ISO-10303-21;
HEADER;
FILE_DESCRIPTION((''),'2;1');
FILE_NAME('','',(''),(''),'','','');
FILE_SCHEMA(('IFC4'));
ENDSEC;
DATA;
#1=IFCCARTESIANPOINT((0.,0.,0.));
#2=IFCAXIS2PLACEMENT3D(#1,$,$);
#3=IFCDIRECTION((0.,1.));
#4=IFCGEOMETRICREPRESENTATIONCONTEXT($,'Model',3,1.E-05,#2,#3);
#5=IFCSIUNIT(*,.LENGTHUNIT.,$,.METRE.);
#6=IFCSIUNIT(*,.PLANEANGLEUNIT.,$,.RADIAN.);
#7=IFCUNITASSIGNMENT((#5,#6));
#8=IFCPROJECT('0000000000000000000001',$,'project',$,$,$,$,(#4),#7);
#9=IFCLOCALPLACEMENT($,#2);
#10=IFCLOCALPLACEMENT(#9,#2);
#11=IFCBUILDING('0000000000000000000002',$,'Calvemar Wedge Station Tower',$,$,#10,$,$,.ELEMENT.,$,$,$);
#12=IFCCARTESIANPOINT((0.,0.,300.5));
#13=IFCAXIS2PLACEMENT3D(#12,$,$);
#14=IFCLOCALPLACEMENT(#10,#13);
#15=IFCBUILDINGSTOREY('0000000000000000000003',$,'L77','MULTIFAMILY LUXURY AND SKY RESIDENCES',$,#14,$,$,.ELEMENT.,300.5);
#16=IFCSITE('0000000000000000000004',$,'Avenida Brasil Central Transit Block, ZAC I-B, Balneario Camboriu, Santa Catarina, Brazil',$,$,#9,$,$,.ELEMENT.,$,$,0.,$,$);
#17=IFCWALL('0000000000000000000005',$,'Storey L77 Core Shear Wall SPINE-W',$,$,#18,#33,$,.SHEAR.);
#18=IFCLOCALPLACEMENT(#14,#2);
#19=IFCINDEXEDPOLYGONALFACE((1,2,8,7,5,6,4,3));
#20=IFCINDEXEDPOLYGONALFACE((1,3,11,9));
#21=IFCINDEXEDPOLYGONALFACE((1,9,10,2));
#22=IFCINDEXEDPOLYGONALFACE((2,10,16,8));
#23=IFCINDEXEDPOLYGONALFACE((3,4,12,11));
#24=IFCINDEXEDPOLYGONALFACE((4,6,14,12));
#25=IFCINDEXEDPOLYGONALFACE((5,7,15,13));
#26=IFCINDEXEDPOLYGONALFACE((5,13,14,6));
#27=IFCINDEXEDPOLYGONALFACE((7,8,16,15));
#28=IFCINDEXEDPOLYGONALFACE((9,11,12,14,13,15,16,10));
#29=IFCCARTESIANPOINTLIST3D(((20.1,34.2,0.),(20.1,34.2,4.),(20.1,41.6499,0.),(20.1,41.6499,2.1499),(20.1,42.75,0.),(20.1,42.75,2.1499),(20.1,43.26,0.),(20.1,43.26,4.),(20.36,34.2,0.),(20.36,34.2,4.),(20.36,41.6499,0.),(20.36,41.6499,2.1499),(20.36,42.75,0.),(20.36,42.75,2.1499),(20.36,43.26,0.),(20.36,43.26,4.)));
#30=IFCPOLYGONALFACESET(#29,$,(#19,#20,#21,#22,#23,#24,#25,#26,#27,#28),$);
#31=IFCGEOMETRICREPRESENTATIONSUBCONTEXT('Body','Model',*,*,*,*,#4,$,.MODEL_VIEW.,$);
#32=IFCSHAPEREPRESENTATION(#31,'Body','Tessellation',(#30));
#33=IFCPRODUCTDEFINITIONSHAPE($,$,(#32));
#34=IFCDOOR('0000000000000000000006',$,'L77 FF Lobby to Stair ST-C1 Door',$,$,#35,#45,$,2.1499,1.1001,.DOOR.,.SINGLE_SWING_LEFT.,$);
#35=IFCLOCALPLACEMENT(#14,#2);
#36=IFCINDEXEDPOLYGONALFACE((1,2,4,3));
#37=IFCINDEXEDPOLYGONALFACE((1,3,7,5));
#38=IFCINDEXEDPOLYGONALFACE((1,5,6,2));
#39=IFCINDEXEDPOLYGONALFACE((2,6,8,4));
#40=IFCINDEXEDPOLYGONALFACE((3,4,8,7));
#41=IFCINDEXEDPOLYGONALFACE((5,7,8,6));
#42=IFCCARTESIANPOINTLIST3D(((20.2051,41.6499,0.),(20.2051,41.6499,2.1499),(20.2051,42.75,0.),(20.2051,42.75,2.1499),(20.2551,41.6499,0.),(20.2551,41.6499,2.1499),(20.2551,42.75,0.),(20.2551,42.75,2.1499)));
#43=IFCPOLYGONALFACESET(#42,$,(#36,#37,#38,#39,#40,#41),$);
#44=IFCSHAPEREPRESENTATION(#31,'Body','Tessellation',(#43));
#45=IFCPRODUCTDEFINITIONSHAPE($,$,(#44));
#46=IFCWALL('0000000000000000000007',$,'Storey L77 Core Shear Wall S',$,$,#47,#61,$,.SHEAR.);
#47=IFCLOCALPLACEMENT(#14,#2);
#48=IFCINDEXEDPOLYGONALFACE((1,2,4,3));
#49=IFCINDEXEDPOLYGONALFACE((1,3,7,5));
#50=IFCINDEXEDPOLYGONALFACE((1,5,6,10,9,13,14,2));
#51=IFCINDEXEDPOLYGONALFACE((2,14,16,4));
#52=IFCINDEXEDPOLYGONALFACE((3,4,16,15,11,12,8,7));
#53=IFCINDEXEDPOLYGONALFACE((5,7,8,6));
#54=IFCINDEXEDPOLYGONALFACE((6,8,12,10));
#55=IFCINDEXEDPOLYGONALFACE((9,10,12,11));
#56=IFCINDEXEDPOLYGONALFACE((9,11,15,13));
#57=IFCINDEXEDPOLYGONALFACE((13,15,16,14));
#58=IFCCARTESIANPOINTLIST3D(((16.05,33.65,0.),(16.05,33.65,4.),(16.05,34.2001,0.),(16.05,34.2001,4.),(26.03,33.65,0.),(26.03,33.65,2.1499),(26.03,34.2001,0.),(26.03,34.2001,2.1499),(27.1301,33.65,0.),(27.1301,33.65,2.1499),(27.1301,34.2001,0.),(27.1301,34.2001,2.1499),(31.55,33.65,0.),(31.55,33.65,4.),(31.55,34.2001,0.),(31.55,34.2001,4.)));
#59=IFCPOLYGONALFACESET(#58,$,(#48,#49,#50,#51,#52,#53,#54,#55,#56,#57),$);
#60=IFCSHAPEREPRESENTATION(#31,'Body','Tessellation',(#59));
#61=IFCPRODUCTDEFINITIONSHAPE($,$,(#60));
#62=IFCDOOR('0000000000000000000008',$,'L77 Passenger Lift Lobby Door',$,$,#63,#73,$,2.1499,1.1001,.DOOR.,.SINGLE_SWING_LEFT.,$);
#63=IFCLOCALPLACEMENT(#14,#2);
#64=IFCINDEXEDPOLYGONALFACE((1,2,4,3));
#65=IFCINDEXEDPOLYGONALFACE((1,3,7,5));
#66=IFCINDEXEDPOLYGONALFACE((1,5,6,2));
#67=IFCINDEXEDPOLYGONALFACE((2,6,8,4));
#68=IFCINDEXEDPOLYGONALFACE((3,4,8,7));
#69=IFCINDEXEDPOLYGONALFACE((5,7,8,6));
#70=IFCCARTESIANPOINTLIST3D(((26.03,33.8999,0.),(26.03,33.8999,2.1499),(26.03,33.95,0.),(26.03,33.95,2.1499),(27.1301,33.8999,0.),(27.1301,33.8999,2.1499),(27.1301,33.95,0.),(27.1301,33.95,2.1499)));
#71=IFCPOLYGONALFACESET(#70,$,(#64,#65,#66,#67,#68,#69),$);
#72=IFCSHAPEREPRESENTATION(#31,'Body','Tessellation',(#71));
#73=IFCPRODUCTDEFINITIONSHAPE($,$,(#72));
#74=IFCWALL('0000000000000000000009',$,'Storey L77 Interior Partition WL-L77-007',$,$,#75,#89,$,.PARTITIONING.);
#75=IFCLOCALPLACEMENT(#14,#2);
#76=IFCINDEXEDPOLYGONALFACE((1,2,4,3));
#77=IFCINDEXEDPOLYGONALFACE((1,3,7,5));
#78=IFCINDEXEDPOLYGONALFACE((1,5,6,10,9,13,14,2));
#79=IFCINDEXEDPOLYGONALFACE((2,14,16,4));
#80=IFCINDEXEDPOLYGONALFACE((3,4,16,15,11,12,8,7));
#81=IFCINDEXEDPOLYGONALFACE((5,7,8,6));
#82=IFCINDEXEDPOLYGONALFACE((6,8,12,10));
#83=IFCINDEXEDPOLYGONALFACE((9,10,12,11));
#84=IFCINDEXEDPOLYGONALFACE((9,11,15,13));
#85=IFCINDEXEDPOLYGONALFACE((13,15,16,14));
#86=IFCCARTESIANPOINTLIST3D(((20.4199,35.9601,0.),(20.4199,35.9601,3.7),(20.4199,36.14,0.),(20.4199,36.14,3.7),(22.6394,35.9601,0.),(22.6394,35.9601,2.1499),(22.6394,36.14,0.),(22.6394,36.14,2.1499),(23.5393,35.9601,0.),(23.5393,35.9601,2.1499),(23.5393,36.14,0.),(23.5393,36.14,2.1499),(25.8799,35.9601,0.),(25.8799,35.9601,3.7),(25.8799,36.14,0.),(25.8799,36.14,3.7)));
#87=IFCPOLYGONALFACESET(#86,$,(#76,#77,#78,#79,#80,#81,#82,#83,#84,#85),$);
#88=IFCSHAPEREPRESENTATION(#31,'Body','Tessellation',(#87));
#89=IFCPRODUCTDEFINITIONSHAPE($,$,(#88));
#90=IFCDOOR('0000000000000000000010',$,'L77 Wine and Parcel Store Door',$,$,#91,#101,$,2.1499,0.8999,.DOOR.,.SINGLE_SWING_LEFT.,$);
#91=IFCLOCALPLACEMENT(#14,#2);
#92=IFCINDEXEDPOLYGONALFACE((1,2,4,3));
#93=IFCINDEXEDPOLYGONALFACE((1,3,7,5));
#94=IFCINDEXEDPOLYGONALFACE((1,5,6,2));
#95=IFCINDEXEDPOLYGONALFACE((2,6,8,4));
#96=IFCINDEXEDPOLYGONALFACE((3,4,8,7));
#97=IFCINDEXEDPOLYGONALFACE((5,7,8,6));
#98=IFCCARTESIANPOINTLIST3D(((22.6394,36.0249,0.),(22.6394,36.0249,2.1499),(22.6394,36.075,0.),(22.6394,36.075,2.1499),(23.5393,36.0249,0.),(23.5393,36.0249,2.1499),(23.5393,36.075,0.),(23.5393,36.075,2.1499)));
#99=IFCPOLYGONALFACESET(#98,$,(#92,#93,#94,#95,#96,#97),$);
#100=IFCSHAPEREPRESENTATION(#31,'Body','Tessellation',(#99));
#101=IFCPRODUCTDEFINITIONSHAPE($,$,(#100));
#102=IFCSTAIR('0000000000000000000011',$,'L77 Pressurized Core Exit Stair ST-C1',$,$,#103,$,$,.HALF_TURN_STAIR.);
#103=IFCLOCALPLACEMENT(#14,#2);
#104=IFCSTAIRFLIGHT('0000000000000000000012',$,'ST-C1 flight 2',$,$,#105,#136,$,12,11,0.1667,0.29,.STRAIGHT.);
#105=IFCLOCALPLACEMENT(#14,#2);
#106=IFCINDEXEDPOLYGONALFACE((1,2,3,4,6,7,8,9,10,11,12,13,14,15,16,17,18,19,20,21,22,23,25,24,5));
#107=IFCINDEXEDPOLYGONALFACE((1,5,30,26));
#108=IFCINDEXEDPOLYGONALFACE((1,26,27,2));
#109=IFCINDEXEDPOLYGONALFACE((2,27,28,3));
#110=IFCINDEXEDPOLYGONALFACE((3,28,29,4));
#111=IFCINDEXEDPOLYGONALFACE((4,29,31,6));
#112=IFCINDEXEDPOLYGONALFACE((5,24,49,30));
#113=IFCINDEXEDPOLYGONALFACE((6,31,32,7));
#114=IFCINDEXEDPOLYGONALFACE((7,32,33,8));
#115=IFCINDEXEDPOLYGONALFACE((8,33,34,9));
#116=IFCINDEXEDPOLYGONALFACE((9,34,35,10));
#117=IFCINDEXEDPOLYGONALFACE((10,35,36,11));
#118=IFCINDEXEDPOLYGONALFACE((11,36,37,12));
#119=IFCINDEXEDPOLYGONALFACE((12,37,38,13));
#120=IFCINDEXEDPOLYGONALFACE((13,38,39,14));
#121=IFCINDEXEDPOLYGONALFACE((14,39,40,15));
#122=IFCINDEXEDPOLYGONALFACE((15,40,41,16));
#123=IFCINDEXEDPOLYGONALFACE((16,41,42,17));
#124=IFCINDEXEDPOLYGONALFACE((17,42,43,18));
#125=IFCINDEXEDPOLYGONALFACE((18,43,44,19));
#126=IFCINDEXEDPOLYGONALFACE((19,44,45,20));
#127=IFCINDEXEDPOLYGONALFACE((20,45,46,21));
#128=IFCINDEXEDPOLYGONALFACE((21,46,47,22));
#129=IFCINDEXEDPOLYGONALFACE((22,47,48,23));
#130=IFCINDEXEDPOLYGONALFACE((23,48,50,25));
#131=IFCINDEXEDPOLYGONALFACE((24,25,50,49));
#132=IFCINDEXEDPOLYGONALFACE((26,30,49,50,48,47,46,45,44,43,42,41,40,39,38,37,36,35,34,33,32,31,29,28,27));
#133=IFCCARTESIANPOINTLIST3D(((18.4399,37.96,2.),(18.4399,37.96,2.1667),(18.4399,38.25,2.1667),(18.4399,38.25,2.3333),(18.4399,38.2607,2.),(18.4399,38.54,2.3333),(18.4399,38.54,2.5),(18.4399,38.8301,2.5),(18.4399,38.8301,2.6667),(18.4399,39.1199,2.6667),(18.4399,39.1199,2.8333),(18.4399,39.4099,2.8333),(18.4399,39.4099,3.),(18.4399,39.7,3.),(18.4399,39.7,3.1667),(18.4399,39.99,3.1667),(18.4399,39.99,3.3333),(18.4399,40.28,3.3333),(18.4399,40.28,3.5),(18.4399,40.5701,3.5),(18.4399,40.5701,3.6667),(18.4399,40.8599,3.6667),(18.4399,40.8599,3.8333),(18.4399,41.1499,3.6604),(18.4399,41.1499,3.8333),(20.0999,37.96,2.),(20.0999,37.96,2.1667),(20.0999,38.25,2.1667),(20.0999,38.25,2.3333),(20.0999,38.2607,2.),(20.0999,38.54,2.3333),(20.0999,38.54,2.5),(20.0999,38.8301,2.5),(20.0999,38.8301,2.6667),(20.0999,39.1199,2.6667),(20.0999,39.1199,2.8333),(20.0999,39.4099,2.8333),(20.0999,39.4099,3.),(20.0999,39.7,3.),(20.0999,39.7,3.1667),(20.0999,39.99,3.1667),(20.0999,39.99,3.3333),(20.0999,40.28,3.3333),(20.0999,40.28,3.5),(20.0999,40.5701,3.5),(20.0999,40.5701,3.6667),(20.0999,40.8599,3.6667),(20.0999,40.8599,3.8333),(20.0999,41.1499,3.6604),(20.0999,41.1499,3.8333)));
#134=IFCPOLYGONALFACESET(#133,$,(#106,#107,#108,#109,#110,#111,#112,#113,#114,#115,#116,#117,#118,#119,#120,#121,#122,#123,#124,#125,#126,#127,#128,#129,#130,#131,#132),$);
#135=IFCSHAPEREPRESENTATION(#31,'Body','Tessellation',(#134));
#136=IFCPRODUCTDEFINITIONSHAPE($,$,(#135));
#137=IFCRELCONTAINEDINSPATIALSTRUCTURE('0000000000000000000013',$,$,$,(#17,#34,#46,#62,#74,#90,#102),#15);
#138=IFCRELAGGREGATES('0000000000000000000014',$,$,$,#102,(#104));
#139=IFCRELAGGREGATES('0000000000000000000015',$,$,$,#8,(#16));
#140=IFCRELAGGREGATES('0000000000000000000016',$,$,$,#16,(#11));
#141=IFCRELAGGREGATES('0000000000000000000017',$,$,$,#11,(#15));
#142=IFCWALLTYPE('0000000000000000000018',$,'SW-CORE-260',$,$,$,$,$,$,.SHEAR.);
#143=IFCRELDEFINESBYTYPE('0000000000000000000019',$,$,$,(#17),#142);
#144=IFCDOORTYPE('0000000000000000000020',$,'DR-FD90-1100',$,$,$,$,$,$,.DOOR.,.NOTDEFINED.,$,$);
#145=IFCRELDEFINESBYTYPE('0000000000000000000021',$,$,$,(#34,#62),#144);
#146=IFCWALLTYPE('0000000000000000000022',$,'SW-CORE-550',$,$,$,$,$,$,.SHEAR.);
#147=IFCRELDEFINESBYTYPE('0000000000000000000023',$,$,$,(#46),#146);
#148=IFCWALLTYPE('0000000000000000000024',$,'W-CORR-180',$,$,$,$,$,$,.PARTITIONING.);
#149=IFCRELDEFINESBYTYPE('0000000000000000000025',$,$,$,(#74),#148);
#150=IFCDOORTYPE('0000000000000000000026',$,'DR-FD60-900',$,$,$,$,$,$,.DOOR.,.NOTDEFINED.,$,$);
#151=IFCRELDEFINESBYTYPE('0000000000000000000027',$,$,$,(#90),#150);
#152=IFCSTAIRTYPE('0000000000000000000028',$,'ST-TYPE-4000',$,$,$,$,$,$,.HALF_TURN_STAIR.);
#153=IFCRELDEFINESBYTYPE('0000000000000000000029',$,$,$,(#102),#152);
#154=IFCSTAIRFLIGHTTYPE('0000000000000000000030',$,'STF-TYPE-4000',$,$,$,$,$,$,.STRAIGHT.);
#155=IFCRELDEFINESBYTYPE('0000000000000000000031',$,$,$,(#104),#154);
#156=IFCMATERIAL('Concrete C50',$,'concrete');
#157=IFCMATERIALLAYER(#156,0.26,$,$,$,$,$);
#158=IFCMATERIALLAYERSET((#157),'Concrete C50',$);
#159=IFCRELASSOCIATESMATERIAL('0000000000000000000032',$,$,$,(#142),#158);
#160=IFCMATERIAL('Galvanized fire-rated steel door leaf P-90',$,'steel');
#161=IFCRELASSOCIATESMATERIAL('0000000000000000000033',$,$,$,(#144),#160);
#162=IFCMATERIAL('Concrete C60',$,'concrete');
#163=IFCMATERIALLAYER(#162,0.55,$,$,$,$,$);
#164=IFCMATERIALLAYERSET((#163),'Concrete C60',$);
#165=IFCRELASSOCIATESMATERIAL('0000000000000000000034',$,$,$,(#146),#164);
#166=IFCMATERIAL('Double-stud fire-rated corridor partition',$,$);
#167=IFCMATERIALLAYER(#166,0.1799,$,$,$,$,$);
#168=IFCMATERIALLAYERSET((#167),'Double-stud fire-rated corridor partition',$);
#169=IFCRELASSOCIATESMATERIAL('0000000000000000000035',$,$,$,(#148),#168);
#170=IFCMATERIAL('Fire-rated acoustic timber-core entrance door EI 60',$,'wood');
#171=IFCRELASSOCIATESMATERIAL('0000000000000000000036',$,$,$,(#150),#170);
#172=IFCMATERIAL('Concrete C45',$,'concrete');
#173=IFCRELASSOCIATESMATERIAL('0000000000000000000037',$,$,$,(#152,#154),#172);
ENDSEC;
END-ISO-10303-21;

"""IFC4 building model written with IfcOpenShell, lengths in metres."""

from ifc_helpers import new_model, si_unit, direction, frame, frame_2d, origin, place, context, subcontext, project, spatial, polyline, rectangle, outline, extrude, source, transform, mapped, material, layer, layer_set, type_object, element, fill, aggregate, save


model = new_model("IFC4")

# Units and contexts
model_context = context("Model", 3, precision=1e-05, world=origin(), true_north=direction((0.0, 1.0)))
body_context = subcontext(model_context, "Body", "Model", "MODEL_VIEW")
ifc_project = project(units=[si_unit("LENGTHUNIT", "METRE"), si_unit("PLANEANGLEUNIT", "RADIAN")], contexts=[model_context])

# Site, building, storey
site_placement = place(None, origin())
site = spatial("IfcSite", under=ifc_project, at=site_placement, Name="Avenida Brasil Central Transit Block, ZAC I-B, Balneario Camboriu, Santa Catarina, Brazil", CompositionType="ELEMENT", RefElevation=0.0)
building_placement = place(site_placement, origin())
building = spatial("IfcBuilding", under=site, at=building_placement, Name="Calvemar Wedge Station Tower", CompositionType="ELEMENT")
storey_placement = place(building_placement, frame((0.0, 0.0, 300.5)))
storey = spatial("IfcBuildingStorey", under=building, at=storey_placement, Name="L77", Description="MULTIFAMILY LUXURY AND SKY RESIDENCES", CompositionType="ELEMENT", Elevation=300.5)

# Shared definitions
ifc_material_1 = material(Name="Concrete C50", Category="concrete")

# Walls, openings, doors
ifc_layer_1 = layer(ifc_material_1, 0.26)
ifc_layer_set_1 = layer_set([ifc_layer_1], Name="Concrete C50")
wall_type_1 = type_object("IfcWallType", Name="SW-CORE-260", PredefinedType="SHEAR", material=ifc_layer_set_1)
wall_1_placement = place(storey_placement, frame((20.23, 34.2, 0.0), z_axis=(0.0, 0.0, 1.0), x_axis=(0.0, 1.0, 0.0)))
wall_1 = element("IfcWall", 1, at=wall_1_placement, inside=storey, type_object=wall_type_1, Name="Storey L77 Core Shear Wall SPINE-W", PredefinedType="SHEAR", context=body_context, shape_type="SweptSolid", body=[
    extrude(rectangle(XDim=9.0601, YDim=0.26, at=frame_2d((4.53, 0.0))), origin(), (0.0, 0.0, 1.0), 4.0),
])
shared_shape_1 = source(origin(), body_context, "Body", "SweptSolid", [
    extrude(rectangle(XDim=1.1001, YDim=2.1499, at=frame_2d((0.55, 1.075))), frame((0.0, 0.1401, 0.0), z_axis=(0.0, -1.0, 0.0), x_axis=(1.0, 0.0, 0.0)), (0.0, 0.0, 1.0), 0.28),
])
opening_1_placement = place(wall_1_placement, frame((7.45, 0.0, 0.0)))
opening_1 = element("IfcOpeningElement", 2, at=opening_1_placement, cuts=wall_1, PredefinedType="OPENING", context=body_context, shape_type="MappedRepresentation", body=[
    mapped(shared_shape_1, transform((0.0, 0.0, 0.0), scale=1.0)),
])
ifc_material_2 = material(Name="Galvanized fire-rated steel door leaf P-90", Category="steel")
door_type_1 = type_object("IfcDoorType", Name="DR-FD90-1100", OperationType="NOTDEFINED", PredefinedType="DOOR", material=ifc_material_2)
shared_shape_2 = source(origin(), body_context, "Body", "SweptSolid", [
    extrude(rectangle(XDim=1.1001, YDim=2.1499, at=frame_2d((0.55, 1.075))), frame((0.0, 0.0249, 0.0), z_axis=(0.0, -1.0, 0.0), x_axis=(1.0, 0.0, 0.0)), (0.0, 0.0, 1.0), 0.05),
])
door_1_placement = place(opening_1_placement, origin())
door_1 = element("IfcDoor", 3, at=door_1_placement, inside=storey, type_object=door_type_1, Name="L77 FF Lobby to Stair ST-C1 Door", OperationType="SINGLE_SWING_LEFT", OverallHeight=2.1499, OverallWidth=1.1001, PredefinedType="DOOR", context=body_context, shape_type="MappedRepresentation", body=[
    mapped(shared_shape_2, transform((0.0, 0.0, 0.0), scale=1.0)),
])
fill(opening_1, door_1)
ifc_material_3 = material(Name="Concrete C60", Category="concrete")
ifc_layer_2 = layer(ifc_material_3, 0.55)
ifc_layer_set_2 = layer_set([ifc_layer_2], Name="Concrete C60")
wall_type_2 = type_object("IfcWallType", Name="SW-CORE-550", PredefinedType="SHEAR", material=ifc_layer_set_2)
wall_2_placement = place(storey_placement, frame((16.05, 33.925, 0.0), z_axis=(0.0, 0.0, 1.0), x_axis=(1.0, 0.0, 0.0)))
wall_2 = element("IfcWall", 4, at=wall_2_placement, inside=storey, type_object=wall_type_2, Name="Storey L77 Core Shear Wall S", PredefinedType="SHEAR", context=body_context, shape_type="SweptSolid", body=[
    extrude(rectangle(XDim=15.5, YDim=0.55, at=frame_2d((7.75, 0.0))), origin(), (0.0, 0.0, 1.0), 4.0),
])
shared_shape_3 = source(origin(), body_context, "Body", "SweptSolid", [
    extrude(rectangle(XDim=1.1001, YDim=2.1499, at=frame_2d((0.55, 1.075))), frame((0.0, 0.2852, 0.0), z_axis=(0.0, -1.0, 0.0), x_axis=(1.0, 0.0, 0.0)), (0.0, 0.0, 1.0), 0.5701),
])
opening_2_placement = place(wall_2_placement, frame((9.98, 0.0, 0.0)))
opening_2 = element("IfcOpeningElement", 5, at=opening_2_placement, cuts=wall_2, PredefinedType="OPENING", context=body_context, shape_type="MappedRepresentation", body=[
    mapped(shared_shape_3, transform((0.0, 0.0, 0.0), scale=1.0)),
])
door_2_placement = place(opening_2_placement, origin())
door_2 = element("IfcDoor", 6, at=door_2_placement, inside=storey, type_object=door_type_1, Name="L77 Passenger Lift Lobby Door", OperationType="SINGLE_SWING_LEFT", OverallHeight=2.1499, OverallWidth=1.1001, PredefinedType="DOOR", context=body_context, shape_type="MappedRepresentation", body=[
    mapped(shared_shape_2, transform((0.0, 0.0, 0.0), scale=1.0)),
])
fill(opening_2, door_2)
ifc_material_4 = material(Name="Double-stud fire-rated corridor partition")
ifc_layer_3 = layer(ifc_material_4, 0.1799)
ifc_layer_set_3 = layer_set([ifc_layer_3], Name="Double-stud fire-rated corridor partition")
wall_type_3 = type_object("IfcWallType", Name="W-CORR-180", PredefinedType="PARTITIONING", material=ifc_layer_set_3)
wall_3_placement = place(storey_placement, frame((20.4199, 36.05, 0.0), z_axis=(0.0, 0.0, 1.0), x_axis=(1.0, 0.0, 0.0)))
wall_3 = element("IfcWall", 7, at=wall_3_placement, inside=storey, type_object=wall_type_3, Name="Storey L77 Interior Partition WL-L77-007", PredefinedType="PARTITIONING", context=body_context, shape_type="SweptSolid", body=[
    extrude(rectangle(XDim=5.46, YDim=0.1799, at=frame_2d((2.73, 0.0))), origin(), (0.0, 0.0, 1.0), 3.7),
])
shared_shape_4 = source(origin(), body_context, "Body", "SweptSolid", [
    extrude(rectangle(XDim=0.8999, YDim=2.1499, at=frame_2d((0.45, 1.075))), frame((0.0, 0.1001, 0.0), z_axis=(0.0, -1.0, 0.0), x_axis=(1.0, 0.0, 0.0)), (0.0, 0.0, 1.0), 0.2),
])
opening_3_placement = place(wall_3_placement, frame((2.2195, 0.0, 0.0)))
opening_3 = element("IfcOpeningElement", 8, at=opening_3_placement, cuts=wall_3, PredefinedType="OPENING", context=body_context, shape_type="MappedRepresentation", body=[
    mapped(shared_shape_4, transform((0.0, 0.0, 0.0), scale=1.0)),
])
ifc_material_5 = material(Name="Fire-rated acoustic timber-core entrance door EI 60", Category="wood")
door_type_2 = type_object("IfcDoorType", Name="DR-FD60-900", OperationType="NOTDEFINED", PredefinedType="DOOR", material=ifc_material_5)
shared_shape_5 = source(origin(), body_context, "Body", "SweptSolid", [
    extrude(rectangle(XDim=0.8999, YDim=2.1499, at=frame_2d((0.45, 1.075))), frame((0.0, 0.0249, 0.0), z_axis=(0.0, -1.0, 0.0), x_axis=(1.0, 0.0, 0.0)), (0.0, 0.0, 1.0), 0.05),
])
door_3_placement = place(opening_3_placement, origin())
door_3 = element("IfcDoor", 9, at=door_3_placement, inside=storey, type_object=door_type_2, Name="L77 Wine and Parcel Store Door", OperationType="SINGLE_SWING_LEFT", OverallHeight=2.1499, OverallWidth=0.8999, PredefinedType="DOOR", context=body_context, shape_type="MappedRepresentation", body=[
    mapped(shared_shape_5, transform((0.0, 0.0, 0.0), scale=1.0)),
])
fill(opening_3, door_3)

# Stair, stair flight
ifc_material_6 = material(Name="Concrete C45", Category="concrete")
stair_type = type_object("IfcStairType", Name="ST-TYPE-4000", PredefinedType="HALF_TURN_STAIR", material=ifc_material_6)
stair_placement = place(storey_placement, origin())
stair = element("IfcStair", 10, at=stair_placement, inside=storey, type_object=stair_type, Name="L77 Pressurized Core Exit Stair ST-C1", PredefinedType="HALF_TURN_STAIR")
stair_flight_type = type_object("IfcStairFlightType", Name="STF-TYPE-4000", PredefinedType="STRAIGHT", material=ifc_material_6)
stair_flight_placement = place(storey_placement, frame((19.27, 37.96, 2.0), z_axis=(0.0, 0.0, 1.0), x_axis=(0.0, 1.0, 0.0)))
stair_flight = element("IfcStairFlight", 11, at=stair_flight_placement, type_object=stair_flight_type, Name="ST-C1 flight 2", NumberOfRisers=12, NumberOfTreads=11, PredefinedType="STRAIGHT", RiserHeight=0.1667, TreadLength=0.29, context=body_context, shape_type="SweptSolid", body=[
    extrude(outline(polyline([(0.0, 0.0), (0.0, 0.1667), (0.29, 0.1667), (0.29, 0.3333), (0.5801, 0.3333), (0.5801, 0.5), (0.8701, 0.5), (0.8701, 0.6667), (1.1599, 0.6667), (1.1599, 0.8333), (1.45, 0.8333), (1.45, 1.0), (1.74, 1.0), (1.74, 1.1667), (2.03, 1.1667), (2.03, 1.3333), (2.3201, 1.3333), (2.3201, 1.5), (2.6101, 1.5), (2.6101, 1.6667), (2.8999, 1.6667), (2.8999, 1.8333), (3.1899, 1.8333), (3.1899, 2.0), (3.1899, 1.6604), (0.3008, 0.0), (0.0, 0.0)])), frame((0.0, 0.8301, 0.0), z_axis=(0.0, -1.0, 0.0), x_axis=(1.0, 0.0, 0.0)), (0.0, 0.0, 1.0), 1.6599),
])
aggregate(stair, [stair_flight])

save(model, "model.ifc")
